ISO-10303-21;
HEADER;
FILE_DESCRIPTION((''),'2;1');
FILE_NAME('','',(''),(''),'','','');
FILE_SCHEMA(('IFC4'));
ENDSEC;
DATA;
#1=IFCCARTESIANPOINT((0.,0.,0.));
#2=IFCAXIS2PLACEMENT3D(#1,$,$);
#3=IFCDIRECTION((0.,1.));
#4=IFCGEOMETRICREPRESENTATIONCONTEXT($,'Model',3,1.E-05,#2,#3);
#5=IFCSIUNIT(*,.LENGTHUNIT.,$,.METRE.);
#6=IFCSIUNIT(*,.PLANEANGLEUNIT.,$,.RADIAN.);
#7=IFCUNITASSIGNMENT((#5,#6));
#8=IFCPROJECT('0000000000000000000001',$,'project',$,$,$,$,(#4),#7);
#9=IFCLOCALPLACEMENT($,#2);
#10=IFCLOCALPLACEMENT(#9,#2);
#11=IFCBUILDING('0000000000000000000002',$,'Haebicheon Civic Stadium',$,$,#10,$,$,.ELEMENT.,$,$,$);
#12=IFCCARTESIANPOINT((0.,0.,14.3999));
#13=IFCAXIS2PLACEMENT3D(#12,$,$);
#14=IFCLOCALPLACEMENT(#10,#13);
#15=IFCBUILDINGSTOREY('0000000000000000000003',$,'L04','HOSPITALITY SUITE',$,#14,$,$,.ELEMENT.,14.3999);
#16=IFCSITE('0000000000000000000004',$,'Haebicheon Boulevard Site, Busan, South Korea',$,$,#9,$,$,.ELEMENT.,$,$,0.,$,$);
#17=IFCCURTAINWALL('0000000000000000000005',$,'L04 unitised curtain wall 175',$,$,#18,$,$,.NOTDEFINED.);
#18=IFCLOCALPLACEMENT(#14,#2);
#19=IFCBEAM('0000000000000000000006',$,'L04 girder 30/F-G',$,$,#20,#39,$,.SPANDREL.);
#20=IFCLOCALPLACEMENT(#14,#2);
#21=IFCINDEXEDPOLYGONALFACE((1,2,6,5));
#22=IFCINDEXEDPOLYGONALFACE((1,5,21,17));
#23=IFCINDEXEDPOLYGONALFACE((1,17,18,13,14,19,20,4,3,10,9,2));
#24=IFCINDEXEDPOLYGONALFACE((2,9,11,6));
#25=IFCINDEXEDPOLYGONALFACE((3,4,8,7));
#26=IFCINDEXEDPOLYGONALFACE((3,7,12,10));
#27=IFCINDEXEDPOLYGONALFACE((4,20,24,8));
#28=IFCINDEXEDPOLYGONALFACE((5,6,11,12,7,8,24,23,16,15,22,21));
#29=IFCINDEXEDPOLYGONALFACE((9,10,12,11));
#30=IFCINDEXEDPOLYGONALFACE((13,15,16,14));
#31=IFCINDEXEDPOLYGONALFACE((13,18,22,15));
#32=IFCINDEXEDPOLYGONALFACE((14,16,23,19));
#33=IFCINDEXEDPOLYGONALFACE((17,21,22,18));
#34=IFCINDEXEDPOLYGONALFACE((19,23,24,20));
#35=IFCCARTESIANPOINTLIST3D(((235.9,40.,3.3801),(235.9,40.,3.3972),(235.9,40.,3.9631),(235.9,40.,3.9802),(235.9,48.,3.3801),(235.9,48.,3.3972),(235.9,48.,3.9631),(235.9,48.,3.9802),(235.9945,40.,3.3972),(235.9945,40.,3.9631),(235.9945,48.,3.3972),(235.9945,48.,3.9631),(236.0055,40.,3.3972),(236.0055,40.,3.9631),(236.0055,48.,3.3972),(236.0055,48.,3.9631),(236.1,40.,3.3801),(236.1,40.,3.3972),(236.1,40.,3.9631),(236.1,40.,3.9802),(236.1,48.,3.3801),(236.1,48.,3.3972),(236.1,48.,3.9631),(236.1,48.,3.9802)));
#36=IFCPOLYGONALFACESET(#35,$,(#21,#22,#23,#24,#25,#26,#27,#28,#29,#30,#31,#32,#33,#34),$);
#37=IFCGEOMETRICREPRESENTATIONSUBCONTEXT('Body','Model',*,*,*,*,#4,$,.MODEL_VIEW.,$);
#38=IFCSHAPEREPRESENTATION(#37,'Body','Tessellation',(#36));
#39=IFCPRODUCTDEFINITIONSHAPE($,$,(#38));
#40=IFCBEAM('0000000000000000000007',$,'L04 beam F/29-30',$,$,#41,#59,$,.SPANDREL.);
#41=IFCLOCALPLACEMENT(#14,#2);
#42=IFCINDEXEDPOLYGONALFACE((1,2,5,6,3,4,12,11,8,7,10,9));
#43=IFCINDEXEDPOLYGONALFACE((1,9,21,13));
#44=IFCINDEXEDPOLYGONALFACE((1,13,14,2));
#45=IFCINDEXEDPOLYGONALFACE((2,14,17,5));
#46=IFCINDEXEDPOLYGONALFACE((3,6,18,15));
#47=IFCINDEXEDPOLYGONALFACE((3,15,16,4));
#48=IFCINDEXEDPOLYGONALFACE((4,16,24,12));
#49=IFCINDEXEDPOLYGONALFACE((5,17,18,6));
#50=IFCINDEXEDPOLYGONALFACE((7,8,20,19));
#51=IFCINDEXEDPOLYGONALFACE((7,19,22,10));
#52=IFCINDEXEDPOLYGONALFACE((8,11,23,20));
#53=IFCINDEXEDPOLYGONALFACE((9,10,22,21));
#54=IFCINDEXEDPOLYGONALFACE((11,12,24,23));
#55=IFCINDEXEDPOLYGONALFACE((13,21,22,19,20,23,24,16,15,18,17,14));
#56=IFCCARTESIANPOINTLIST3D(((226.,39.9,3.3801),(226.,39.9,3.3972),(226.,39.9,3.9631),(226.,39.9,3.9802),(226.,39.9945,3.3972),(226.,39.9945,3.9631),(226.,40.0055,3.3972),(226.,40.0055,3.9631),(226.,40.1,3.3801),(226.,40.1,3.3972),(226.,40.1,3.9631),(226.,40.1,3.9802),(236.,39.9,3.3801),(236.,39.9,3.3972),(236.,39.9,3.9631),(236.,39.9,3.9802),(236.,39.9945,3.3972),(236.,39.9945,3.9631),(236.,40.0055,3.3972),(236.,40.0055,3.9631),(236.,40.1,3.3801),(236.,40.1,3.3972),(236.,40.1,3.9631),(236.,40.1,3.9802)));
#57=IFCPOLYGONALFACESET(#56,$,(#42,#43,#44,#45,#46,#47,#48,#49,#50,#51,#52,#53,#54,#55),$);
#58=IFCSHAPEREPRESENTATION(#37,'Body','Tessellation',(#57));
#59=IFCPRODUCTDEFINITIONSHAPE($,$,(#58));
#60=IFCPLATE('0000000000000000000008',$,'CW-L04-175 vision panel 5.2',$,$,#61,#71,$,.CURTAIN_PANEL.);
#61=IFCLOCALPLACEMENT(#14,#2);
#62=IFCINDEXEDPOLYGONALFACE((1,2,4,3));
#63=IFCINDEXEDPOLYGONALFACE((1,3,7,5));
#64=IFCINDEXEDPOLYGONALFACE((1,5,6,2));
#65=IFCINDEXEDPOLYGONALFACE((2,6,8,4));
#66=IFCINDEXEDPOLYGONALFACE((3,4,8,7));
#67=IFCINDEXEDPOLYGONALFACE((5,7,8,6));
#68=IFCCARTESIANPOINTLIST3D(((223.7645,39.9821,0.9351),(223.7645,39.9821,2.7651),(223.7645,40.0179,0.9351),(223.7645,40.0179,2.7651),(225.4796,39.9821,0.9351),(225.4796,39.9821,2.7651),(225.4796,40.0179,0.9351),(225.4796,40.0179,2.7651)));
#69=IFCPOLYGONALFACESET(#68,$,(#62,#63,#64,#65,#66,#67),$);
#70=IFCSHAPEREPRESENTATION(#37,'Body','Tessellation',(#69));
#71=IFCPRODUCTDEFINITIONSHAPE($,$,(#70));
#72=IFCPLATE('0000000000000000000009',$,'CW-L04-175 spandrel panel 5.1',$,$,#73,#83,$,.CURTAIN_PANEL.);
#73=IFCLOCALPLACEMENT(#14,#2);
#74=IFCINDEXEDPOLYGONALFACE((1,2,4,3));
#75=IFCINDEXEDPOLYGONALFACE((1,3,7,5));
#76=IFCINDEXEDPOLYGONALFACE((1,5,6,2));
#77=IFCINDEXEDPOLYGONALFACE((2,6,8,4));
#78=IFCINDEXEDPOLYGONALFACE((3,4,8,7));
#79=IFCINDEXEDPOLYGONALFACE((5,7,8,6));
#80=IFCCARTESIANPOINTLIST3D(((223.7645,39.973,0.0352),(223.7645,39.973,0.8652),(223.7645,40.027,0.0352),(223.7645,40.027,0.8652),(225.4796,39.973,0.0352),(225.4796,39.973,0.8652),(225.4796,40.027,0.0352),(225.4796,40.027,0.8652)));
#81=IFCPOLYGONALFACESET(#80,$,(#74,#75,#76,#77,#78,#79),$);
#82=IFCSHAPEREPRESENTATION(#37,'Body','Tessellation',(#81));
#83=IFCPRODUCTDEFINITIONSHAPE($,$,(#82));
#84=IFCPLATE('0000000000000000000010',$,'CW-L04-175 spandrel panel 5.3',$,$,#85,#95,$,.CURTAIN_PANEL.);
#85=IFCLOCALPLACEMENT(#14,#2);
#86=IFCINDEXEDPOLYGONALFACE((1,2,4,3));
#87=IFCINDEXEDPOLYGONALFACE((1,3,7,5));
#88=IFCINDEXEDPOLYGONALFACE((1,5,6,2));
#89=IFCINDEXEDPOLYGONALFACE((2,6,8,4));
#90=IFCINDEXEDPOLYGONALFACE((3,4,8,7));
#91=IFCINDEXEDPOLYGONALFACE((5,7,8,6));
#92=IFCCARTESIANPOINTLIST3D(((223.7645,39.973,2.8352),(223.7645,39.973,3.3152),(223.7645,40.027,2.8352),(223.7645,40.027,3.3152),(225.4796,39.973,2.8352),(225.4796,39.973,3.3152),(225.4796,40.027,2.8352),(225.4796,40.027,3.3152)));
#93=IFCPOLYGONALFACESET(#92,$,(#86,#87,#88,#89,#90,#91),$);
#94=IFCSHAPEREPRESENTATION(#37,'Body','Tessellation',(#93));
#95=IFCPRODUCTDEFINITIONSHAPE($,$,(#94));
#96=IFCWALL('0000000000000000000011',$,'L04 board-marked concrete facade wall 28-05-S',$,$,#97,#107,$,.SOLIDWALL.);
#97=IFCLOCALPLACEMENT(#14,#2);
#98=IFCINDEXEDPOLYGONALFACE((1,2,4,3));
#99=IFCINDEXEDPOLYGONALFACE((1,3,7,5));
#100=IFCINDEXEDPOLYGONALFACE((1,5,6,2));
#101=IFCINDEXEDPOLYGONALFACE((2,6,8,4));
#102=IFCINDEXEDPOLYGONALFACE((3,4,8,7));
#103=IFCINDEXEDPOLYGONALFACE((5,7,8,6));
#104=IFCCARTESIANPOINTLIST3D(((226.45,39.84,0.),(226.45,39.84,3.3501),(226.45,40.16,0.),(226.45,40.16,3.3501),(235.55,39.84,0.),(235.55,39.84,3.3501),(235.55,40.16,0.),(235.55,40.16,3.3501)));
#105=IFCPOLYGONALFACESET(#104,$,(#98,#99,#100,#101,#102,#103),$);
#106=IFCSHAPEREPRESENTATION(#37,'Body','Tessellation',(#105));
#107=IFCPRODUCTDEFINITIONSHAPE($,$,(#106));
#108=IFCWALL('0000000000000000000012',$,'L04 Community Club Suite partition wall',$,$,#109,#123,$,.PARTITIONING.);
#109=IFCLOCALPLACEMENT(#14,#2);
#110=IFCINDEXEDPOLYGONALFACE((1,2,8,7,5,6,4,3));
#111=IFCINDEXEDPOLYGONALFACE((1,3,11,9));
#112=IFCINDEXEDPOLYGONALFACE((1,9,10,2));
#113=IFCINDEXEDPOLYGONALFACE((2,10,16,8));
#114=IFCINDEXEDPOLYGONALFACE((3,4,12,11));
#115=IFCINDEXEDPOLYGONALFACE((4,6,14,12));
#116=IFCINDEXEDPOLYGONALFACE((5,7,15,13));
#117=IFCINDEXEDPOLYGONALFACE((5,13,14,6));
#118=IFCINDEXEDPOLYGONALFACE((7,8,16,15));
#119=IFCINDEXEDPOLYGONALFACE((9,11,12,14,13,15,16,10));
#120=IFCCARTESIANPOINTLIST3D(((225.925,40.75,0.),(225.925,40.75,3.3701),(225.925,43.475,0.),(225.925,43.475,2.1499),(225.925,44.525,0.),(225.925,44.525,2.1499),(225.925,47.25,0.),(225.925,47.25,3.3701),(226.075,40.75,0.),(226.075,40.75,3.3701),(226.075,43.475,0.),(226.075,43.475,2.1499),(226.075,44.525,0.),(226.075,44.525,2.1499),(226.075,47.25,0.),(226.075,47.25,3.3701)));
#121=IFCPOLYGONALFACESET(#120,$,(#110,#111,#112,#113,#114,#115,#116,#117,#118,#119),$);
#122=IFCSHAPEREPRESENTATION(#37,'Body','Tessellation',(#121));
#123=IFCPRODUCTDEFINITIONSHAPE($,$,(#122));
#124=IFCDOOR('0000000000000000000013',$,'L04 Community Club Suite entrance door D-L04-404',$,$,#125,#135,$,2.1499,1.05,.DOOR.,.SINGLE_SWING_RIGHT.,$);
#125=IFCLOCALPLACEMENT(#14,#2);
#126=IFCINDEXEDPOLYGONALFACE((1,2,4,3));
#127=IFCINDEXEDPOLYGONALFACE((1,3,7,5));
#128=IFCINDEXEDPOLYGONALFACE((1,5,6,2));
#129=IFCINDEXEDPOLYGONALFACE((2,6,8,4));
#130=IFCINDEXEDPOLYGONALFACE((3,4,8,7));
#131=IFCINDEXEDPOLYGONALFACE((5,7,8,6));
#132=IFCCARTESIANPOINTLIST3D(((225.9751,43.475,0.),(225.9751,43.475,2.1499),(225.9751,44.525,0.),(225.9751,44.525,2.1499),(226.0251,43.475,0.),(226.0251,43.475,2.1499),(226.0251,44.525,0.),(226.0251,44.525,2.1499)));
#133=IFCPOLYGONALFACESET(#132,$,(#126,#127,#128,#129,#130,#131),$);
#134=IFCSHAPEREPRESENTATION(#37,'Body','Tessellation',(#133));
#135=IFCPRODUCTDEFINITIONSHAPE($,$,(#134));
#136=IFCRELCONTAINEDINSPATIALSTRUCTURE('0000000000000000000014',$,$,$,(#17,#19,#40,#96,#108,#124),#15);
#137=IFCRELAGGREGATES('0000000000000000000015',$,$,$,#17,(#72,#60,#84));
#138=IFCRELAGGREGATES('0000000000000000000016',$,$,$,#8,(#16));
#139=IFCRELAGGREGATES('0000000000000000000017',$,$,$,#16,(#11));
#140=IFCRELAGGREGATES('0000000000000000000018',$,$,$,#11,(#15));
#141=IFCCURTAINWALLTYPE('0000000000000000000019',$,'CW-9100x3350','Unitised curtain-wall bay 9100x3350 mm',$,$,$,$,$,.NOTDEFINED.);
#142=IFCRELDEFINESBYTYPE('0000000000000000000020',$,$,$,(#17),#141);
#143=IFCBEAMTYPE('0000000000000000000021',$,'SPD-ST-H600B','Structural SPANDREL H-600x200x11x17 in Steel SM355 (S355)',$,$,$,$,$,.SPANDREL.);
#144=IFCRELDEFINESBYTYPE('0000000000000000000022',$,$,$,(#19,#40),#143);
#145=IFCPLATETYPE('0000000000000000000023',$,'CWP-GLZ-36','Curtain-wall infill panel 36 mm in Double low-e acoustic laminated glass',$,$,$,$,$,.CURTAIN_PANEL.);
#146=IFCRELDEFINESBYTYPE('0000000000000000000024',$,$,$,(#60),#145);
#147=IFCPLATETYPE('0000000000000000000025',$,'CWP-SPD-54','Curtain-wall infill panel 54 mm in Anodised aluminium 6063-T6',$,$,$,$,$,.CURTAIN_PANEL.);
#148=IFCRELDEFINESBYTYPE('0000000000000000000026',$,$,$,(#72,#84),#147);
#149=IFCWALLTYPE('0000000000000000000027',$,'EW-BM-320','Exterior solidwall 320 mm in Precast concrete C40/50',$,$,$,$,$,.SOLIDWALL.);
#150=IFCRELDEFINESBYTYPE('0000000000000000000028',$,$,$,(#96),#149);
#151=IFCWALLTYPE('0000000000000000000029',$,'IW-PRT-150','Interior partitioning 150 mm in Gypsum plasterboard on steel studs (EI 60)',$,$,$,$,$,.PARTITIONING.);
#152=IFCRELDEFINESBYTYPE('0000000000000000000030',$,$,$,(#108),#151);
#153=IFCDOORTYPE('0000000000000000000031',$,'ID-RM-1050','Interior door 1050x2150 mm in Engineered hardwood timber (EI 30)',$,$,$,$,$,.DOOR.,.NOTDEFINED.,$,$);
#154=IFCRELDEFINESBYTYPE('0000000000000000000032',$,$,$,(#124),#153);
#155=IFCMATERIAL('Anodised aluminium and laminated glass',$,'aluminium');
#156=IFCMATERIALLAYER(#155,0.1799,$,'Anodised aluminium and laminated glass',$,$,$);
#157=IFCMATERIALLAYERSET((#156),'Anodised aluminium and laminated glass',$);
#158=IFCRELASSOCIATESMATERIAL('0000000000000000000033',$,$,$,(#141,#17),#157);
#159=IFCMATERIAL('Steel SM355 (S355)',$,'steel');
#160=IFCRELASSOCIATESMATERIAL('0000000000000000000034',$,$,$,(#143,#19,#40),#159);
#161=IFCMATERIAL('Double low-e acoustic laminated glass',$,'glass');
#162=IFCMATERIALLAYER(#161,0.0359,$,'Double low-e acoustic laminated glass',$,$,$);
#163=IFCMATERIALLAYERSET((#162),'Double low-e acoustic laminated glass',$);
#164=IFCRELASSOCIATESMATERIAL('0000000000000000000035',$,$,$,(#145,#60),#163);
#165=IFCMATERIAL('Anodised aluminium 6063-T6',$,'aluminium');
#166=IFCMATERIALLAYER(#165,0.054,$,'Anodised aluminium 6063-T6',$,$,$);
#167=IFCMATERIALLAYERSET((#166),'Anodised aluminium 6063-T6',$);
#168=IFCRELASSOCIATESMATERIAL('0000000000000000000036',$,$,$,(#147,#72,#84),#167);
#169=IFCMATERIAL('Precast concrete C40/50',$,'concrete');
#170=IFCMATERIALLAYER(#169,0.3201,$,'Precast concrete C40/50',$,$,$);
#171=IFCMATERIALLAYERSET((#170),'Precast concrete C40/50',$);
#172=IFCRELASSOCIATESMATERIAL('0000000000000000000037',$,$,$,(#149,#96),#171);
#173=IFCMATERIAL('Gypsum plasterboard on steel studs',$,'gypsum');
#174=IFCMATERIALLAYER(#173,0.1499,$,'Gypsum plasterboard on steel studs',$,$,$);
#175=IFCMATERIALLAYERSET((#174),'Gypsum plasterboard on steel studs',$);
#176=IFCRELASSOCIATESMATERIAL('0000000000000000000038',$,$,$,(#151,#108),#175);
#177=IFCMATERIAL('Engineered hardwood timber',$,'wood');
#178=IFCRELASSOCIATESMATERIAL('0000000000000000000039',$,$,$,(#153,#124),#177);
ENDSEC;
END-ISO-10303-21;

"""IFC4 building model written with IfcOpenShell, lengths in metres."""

from ifc_helpers import new_model, si_unit, direction, frame, frame_2d, origin, origin_2d, place, context, subcontext, project, spatial, rectangle, i_section, extrude, material, layer, layer_set, material_profile, profile_set, type_object, element, fill, aggregate, save


model = new_model("IFC4")

# Units and contexts
model_context = context("Model", 3, precision=1e-05, world=origin(), true_north=direction((0.0, 1.0)))
body_context = subcontext(model_context, "Body", "Model", "MODEL_VIEW")
ifc_project = project(units=[si_unit("LENGTHUNIT", "METRE"), si_unit("PLANEANGLEUNIT", "RADIAN")], contexts=[model_context])

# Site, building, storey
site_placement = place(None, origin())
site = spatial("IfcSite", under=ifc_project, at=site_placement, Name="Haebicheon Boulevard Site, Busan, South Korea", CompositionType="ELEMENT", RefElevation=0.0)
building_placement = place(site_placement, origin())
building = spatial("IfcBuilding", under=site, at=building_placement, Name="Haebicheon Civic Stadium", CompositionType="ELEMENT")
storey_placement = place(building_placement, frame((0.0, 0.0, 14.3999)))
storey = spatial("IfcBuildingStorey", under=building, at=storey_placement, Name="L04", Description="HOSPITALITY SUITE", CompositionType="ELEMENT", Elevation=14.3999)

# Curtain wall
ifc_material_1 = material(Name="Anodised aluminium and laminated glass", Category="aluminium")
ifc_layer_1 = layer(ifc_material_1, 0.1799, Name="Anodised aluminium and laminated glass")
ifc_layer_set_1 = layer_set([ifc_layer_1], Name="Anodised aluminium and laminated glass")
curtain_wall_type_1 = type_object("IfcCurtainWallType", Name="CW-9100x3350", Description="Unitised curtain-wall bay 9100x3350 mm", PredefinedType="NOTDEFINED", material=ifc_layer_set_1)
curtain_wall_1_placement = place(storey_placement, origin())
curtain_wall_1 = element("IfcCurtainWall", 1, at=curtain_wall_1_placement, inside=storey, type_object=curtain_wall_type_1, material=ifc_layer_set_1, Name="L04 unitised curtain wall 175", PredefinedType="NOTDEFINED")

# Beams
ifc_material_2 = material(Name="Steel SM355 (S355)", Category="steel")
ifc_material_profile_1 = material_profile(ifc_material_2, i_section(OverallWidth=0.2, OverallDepth=0.6001, WebThickness=0.011, FlangeThickness=0.0171, at=origin_2d()), Name="H-600x200x11x17")
ifc_profile_set_1 = profile_set([ifc_material_profile_1], Name="Steel SM355 (S355)")
beam_type_1 = type_object("IfcBeamType", Name="SPD-ST-H600B", Description="Structural SPANDREL H-600x200x11x17 in Steel SM355 (S355)", PredefinedType="SPANDREL", material=ifc_profile_set_1)
beam_1_placement = place(storey_placement, frame((236.0, 40.0, 3.6802), z_axis=(0.0, 1.0, 0.0), x_axis=(-1.0, 0.0, 0.0)))
element("IfcBeam", 2, at=beam_1_placement, inside=storey, type_object=beam_type_1, material=ifc_profile_set_1, Name="L04 girder 30/F-G", PredefinedType="SPANDREL", context=body_context, shape_type="SweptSolid", body=[
    extrude(i_section(OverallWidth=0.2, OverallDepth=0.6001, WebThickness=0.011, FlangeThickness=0.0171, at=origin_2d()), origin(), (0.0, 0.0, 1.0), 8.0),
])
beam_2_placement = place(storey_placement, frame((226.0, 40.0, 3.6802), z_axis=(1.0, 0.0, 0.0), x_axis=(0.0, 1.0, 0.0)))
element("IfcBeam", 3, at=beam_2_placement, inside=storey, type_object=beam_type_1, material=ifc_profile_set_1, Name="L04 beam F/29-30", PredefinedType="SPANDREL", context=body_context, shape_type="SweptSolid", body=[
    extrude(i_section(OverallWidth=0.2, OverallDepth=0.6001, WebThickness=0.011, FlangeThickness=0.0171, at=origin_2d()), origin(), (0.0, 0.0, 1.0), 10.0),
])

# Plates
ifc_material_3 = material(Name="Double low-e acoustic laminated glass", Category="glass")
ifc_layer_2 = layer(ifc_material_3, 0.0359, Name="Double low-e acoustic laminated glass")
ifc_layer_set_2 = layer_set([ifc_layer_2], Name="Double low-e acoustic laminated glass")
plate_type_1 = type_object("IfcPlateType", Name="CWP-GLZ-36", Description="Curtain-wall infill panel 36 mm in Double low-e acoustic laminated glass", PredefinedType="CURTAIN_PANEL", material=ifc_layer_set_2)
plate_1_placement = place(storey_placement, frame((224.6221, 40.0, 0.9351), z_axis=(0.0, 0.0, 1.0), x_axis=(1.0, 0.0, 0.0)))
plate_1 = element("IfcPlate", 4, at=plate_1_placement, type_object=plate_type_1, material=ifc_layer_set_2, Name="CW-L04-175 vision panel 5.2", PredefinedType="CURTAIN_PANEL", context=body_context, shape_type="SweptSolid", body=[
    extrude(rectangle(XDim=1.7151, YDim=0.0359, at=origin_2d()), origin(), (0.0, 0.0, 1.0), 1.8301),
])
ifc_material_4 = material(Name="Anodised aluminium 6063-T6", Category="aluminium")
ifc_layer_3 = layer(ifc_material_4, 0.054, Name="Anodised aluminium 6063-T6")
ifc_layer_set_3 = layer_set([ifc_layer_3], Name="Anodised aluminium 6063-T6")
plate_type_2 = type_object("IfcPlateType", Name="CWP-SPD-54", Description="Curtain-wall infill panel 54 mm in Anodised aluminium 6063-T6", PredefinedType="CURTAIN_PANEL", material=ifc_layer_set_3)
plate_2_placement = place(storey_placement, frame((224.6221, 40.0, 0.0352), z_axis=(0.0, 0.0, 1.0), x_axis=(1.0, 0.0, 0.0)))
plate_2 = element("IfcPlate", 5, at=plate_2_placement, type_object=plate_type_2, material=ifc_layer_set_3, Name="CW-L04-175 spandrel panel 5.1", PredefinedType="CURTAIN_PANEL", context=body_context, shape_type="SweptSolid", body=[
    extrude(rectangle(XDim=1.7151, YDim=0.054, at=origin_2d()), origin(), (0.0, 0.0, 1.0), 0.8301),
])
plate_3_placement = place(storey_placement, frame((224.6221, 40.0, 2.8352), z_axis=(0.0, 0.0, 1.0), x_axis=(1.0, 0.0, 0.0)))
plate_3 = element("IfcPlate", 6, at=plate_3_placement, type_object=plate_type_2, material=ifc_layer_set_3, Name="CW-L04-175 spandrel panel 5.3", PredefinedType="CURTAIN_PANEL", context=body_context, shape_type="SweptSolid", body=[
    extrude(rectangle(XDim=1.7151, YDim=0.054, at=origin_2d()), origin(), (0.0, 0.0, 1.0), 0.48),
])
aggregate(curtain_wall_1, [plate_2, plate_1, plate_3])

# Wall
ifc_material_5 = material(Name="Precast concrete C40/50", Category="concrete")
ifc_layer_4 = layer(ifc_material_5, 0.3201, Name="Precast concrete C40/50")
ifc_layer_set_4 = layer_set([ifc_layer_4], Name="Precast concrete C40/50")
wall_type_1 = type_object("IfcWallType", Name="EW-BM-320", Description="Exterior solidwall 320 mm in Precast concrete C40/50", PredefinedType="SOLIDWALL", material=ifc_layer_set_4)
wall_1_placement = place(storey_placement, frame((226.45, 40.0, 0.0), z_axis=(0.0, 0.0, 1.0), x_axis=(1.0, 0.0, 0.0)))
element("IfcWall", 7, at=wall_1_placement, inside=storey, type_object=wall_type_1, material=ifc_layer_set_4, Name="L04 board-marked concrete facade wall 28-05-S", PredefinedType="SOLIDWALL", context=body_context, shape_type="SweptSolid", body=[
    extrude(rectangle(XDim=9.1001, YDim=0.3201, at=frame_2d((4.55, 0.0))), origin(), (0.0, 0.0, 1.0), 3.3501),
])

# Wall, opening, door
ifc_material_6 = material(Name="Gypsum plasterboard on steel studs", Category="gypsum")
ifc_layer_5 = layer(ifc_material_6, 0.1499, Name="Gypsum plasterboard on steel studs")
ifc_layer_set_5 = layer_set([ifc_layer_5], Name="Gypsum plasterboard on steel studs")
wall_type_2 = type_object("IfcWallType", Name="IW-PRT-150", Description="Interior partitioning 150 mm in Gypsum plasterboard on steel studs (EI 60)", PredefinedType="PARTITIONING", material=ifc_layer_set_5)
wall_2_placement = place(storey_placement, frame((226.0, 40.75, 0.0), z_axis=(0.0, 0.0, 1.0), x_axis=(0.0, 1.0, 0.0)))
wall_2 = element("IfcWall", 8, at=wall_2_placement, inside=storey, type_object=wall_type_2, material=ifc_layer_set_5, Name="L04 Community Club Suite partition wall", PredefinedType="PARTITIONING", context=body_context, shape_type="SweptSolid", body=[
    extrude(rectangle(XDim=6.5, YDim=0.1499, at=frame_2d((3.25, 0.0))), origin(), (0.0, 0.0, 1.0), 3.3701),
])
opening_placement = place(wall_2_placement, frame((2.7251, 0.0, 0.0)))
opening = element("IfcOpeningElement", 9, at=opening_placement, cuts=wall_2, PredefinedType="OPENING", context=body_context, shape_type="SweptSolid", body=[
    extrude(rectangle(XDim=1.05, YDim=2.1499, at=frame_2d((0.5249, 1.075))), frame((0.0, 0.085, 0.0), z_axis=(0.0, -1.0, 0.0), x_axis=(1.0, 0.0, 0.0)), (0.0, 0.0, 1.0), 0.1699),
])
ifc_material_7 = material(Name="Engineered hardwood timber", Category="wood")
door_type = type_object("IfcDoorType", Name="ID-RM-1050", Description="Interior door 1050x2150 mm in Engineered hardwood timber (EI 30)", OperationType="NOTDEFINED", PredefinedType="DOOR", material=ifc_material_7)
door_placement = place(opening_placement, origin())
door = element("IfcDoor", 10, at=door_placement, inside=storey, type_object=door_type, material=ifc_material_7, Name="L04 Community Club Suite entrance door D-L04-404", OperationType="SINGLE_SWING_RIGHT", OverallHeight=2.1499, OverallWidth=1.05, PredefinedType="DOOR", context=body_context, shape_type="SweptSolid", body=[
    extrude(rectangle(XDim=1.05, YDim=2.1499, at=frame_2d((0.5249, 1.075))), frame((0.0, 0.0249, 0.0), z_axis=(0.0, -1.0, 0.0), x_axis=(1.0, 0.0, 0.0)), (0.0, 0.0, 1.0), 0.05),
])
fill(opening, door)

save(model, "model.ifc")
